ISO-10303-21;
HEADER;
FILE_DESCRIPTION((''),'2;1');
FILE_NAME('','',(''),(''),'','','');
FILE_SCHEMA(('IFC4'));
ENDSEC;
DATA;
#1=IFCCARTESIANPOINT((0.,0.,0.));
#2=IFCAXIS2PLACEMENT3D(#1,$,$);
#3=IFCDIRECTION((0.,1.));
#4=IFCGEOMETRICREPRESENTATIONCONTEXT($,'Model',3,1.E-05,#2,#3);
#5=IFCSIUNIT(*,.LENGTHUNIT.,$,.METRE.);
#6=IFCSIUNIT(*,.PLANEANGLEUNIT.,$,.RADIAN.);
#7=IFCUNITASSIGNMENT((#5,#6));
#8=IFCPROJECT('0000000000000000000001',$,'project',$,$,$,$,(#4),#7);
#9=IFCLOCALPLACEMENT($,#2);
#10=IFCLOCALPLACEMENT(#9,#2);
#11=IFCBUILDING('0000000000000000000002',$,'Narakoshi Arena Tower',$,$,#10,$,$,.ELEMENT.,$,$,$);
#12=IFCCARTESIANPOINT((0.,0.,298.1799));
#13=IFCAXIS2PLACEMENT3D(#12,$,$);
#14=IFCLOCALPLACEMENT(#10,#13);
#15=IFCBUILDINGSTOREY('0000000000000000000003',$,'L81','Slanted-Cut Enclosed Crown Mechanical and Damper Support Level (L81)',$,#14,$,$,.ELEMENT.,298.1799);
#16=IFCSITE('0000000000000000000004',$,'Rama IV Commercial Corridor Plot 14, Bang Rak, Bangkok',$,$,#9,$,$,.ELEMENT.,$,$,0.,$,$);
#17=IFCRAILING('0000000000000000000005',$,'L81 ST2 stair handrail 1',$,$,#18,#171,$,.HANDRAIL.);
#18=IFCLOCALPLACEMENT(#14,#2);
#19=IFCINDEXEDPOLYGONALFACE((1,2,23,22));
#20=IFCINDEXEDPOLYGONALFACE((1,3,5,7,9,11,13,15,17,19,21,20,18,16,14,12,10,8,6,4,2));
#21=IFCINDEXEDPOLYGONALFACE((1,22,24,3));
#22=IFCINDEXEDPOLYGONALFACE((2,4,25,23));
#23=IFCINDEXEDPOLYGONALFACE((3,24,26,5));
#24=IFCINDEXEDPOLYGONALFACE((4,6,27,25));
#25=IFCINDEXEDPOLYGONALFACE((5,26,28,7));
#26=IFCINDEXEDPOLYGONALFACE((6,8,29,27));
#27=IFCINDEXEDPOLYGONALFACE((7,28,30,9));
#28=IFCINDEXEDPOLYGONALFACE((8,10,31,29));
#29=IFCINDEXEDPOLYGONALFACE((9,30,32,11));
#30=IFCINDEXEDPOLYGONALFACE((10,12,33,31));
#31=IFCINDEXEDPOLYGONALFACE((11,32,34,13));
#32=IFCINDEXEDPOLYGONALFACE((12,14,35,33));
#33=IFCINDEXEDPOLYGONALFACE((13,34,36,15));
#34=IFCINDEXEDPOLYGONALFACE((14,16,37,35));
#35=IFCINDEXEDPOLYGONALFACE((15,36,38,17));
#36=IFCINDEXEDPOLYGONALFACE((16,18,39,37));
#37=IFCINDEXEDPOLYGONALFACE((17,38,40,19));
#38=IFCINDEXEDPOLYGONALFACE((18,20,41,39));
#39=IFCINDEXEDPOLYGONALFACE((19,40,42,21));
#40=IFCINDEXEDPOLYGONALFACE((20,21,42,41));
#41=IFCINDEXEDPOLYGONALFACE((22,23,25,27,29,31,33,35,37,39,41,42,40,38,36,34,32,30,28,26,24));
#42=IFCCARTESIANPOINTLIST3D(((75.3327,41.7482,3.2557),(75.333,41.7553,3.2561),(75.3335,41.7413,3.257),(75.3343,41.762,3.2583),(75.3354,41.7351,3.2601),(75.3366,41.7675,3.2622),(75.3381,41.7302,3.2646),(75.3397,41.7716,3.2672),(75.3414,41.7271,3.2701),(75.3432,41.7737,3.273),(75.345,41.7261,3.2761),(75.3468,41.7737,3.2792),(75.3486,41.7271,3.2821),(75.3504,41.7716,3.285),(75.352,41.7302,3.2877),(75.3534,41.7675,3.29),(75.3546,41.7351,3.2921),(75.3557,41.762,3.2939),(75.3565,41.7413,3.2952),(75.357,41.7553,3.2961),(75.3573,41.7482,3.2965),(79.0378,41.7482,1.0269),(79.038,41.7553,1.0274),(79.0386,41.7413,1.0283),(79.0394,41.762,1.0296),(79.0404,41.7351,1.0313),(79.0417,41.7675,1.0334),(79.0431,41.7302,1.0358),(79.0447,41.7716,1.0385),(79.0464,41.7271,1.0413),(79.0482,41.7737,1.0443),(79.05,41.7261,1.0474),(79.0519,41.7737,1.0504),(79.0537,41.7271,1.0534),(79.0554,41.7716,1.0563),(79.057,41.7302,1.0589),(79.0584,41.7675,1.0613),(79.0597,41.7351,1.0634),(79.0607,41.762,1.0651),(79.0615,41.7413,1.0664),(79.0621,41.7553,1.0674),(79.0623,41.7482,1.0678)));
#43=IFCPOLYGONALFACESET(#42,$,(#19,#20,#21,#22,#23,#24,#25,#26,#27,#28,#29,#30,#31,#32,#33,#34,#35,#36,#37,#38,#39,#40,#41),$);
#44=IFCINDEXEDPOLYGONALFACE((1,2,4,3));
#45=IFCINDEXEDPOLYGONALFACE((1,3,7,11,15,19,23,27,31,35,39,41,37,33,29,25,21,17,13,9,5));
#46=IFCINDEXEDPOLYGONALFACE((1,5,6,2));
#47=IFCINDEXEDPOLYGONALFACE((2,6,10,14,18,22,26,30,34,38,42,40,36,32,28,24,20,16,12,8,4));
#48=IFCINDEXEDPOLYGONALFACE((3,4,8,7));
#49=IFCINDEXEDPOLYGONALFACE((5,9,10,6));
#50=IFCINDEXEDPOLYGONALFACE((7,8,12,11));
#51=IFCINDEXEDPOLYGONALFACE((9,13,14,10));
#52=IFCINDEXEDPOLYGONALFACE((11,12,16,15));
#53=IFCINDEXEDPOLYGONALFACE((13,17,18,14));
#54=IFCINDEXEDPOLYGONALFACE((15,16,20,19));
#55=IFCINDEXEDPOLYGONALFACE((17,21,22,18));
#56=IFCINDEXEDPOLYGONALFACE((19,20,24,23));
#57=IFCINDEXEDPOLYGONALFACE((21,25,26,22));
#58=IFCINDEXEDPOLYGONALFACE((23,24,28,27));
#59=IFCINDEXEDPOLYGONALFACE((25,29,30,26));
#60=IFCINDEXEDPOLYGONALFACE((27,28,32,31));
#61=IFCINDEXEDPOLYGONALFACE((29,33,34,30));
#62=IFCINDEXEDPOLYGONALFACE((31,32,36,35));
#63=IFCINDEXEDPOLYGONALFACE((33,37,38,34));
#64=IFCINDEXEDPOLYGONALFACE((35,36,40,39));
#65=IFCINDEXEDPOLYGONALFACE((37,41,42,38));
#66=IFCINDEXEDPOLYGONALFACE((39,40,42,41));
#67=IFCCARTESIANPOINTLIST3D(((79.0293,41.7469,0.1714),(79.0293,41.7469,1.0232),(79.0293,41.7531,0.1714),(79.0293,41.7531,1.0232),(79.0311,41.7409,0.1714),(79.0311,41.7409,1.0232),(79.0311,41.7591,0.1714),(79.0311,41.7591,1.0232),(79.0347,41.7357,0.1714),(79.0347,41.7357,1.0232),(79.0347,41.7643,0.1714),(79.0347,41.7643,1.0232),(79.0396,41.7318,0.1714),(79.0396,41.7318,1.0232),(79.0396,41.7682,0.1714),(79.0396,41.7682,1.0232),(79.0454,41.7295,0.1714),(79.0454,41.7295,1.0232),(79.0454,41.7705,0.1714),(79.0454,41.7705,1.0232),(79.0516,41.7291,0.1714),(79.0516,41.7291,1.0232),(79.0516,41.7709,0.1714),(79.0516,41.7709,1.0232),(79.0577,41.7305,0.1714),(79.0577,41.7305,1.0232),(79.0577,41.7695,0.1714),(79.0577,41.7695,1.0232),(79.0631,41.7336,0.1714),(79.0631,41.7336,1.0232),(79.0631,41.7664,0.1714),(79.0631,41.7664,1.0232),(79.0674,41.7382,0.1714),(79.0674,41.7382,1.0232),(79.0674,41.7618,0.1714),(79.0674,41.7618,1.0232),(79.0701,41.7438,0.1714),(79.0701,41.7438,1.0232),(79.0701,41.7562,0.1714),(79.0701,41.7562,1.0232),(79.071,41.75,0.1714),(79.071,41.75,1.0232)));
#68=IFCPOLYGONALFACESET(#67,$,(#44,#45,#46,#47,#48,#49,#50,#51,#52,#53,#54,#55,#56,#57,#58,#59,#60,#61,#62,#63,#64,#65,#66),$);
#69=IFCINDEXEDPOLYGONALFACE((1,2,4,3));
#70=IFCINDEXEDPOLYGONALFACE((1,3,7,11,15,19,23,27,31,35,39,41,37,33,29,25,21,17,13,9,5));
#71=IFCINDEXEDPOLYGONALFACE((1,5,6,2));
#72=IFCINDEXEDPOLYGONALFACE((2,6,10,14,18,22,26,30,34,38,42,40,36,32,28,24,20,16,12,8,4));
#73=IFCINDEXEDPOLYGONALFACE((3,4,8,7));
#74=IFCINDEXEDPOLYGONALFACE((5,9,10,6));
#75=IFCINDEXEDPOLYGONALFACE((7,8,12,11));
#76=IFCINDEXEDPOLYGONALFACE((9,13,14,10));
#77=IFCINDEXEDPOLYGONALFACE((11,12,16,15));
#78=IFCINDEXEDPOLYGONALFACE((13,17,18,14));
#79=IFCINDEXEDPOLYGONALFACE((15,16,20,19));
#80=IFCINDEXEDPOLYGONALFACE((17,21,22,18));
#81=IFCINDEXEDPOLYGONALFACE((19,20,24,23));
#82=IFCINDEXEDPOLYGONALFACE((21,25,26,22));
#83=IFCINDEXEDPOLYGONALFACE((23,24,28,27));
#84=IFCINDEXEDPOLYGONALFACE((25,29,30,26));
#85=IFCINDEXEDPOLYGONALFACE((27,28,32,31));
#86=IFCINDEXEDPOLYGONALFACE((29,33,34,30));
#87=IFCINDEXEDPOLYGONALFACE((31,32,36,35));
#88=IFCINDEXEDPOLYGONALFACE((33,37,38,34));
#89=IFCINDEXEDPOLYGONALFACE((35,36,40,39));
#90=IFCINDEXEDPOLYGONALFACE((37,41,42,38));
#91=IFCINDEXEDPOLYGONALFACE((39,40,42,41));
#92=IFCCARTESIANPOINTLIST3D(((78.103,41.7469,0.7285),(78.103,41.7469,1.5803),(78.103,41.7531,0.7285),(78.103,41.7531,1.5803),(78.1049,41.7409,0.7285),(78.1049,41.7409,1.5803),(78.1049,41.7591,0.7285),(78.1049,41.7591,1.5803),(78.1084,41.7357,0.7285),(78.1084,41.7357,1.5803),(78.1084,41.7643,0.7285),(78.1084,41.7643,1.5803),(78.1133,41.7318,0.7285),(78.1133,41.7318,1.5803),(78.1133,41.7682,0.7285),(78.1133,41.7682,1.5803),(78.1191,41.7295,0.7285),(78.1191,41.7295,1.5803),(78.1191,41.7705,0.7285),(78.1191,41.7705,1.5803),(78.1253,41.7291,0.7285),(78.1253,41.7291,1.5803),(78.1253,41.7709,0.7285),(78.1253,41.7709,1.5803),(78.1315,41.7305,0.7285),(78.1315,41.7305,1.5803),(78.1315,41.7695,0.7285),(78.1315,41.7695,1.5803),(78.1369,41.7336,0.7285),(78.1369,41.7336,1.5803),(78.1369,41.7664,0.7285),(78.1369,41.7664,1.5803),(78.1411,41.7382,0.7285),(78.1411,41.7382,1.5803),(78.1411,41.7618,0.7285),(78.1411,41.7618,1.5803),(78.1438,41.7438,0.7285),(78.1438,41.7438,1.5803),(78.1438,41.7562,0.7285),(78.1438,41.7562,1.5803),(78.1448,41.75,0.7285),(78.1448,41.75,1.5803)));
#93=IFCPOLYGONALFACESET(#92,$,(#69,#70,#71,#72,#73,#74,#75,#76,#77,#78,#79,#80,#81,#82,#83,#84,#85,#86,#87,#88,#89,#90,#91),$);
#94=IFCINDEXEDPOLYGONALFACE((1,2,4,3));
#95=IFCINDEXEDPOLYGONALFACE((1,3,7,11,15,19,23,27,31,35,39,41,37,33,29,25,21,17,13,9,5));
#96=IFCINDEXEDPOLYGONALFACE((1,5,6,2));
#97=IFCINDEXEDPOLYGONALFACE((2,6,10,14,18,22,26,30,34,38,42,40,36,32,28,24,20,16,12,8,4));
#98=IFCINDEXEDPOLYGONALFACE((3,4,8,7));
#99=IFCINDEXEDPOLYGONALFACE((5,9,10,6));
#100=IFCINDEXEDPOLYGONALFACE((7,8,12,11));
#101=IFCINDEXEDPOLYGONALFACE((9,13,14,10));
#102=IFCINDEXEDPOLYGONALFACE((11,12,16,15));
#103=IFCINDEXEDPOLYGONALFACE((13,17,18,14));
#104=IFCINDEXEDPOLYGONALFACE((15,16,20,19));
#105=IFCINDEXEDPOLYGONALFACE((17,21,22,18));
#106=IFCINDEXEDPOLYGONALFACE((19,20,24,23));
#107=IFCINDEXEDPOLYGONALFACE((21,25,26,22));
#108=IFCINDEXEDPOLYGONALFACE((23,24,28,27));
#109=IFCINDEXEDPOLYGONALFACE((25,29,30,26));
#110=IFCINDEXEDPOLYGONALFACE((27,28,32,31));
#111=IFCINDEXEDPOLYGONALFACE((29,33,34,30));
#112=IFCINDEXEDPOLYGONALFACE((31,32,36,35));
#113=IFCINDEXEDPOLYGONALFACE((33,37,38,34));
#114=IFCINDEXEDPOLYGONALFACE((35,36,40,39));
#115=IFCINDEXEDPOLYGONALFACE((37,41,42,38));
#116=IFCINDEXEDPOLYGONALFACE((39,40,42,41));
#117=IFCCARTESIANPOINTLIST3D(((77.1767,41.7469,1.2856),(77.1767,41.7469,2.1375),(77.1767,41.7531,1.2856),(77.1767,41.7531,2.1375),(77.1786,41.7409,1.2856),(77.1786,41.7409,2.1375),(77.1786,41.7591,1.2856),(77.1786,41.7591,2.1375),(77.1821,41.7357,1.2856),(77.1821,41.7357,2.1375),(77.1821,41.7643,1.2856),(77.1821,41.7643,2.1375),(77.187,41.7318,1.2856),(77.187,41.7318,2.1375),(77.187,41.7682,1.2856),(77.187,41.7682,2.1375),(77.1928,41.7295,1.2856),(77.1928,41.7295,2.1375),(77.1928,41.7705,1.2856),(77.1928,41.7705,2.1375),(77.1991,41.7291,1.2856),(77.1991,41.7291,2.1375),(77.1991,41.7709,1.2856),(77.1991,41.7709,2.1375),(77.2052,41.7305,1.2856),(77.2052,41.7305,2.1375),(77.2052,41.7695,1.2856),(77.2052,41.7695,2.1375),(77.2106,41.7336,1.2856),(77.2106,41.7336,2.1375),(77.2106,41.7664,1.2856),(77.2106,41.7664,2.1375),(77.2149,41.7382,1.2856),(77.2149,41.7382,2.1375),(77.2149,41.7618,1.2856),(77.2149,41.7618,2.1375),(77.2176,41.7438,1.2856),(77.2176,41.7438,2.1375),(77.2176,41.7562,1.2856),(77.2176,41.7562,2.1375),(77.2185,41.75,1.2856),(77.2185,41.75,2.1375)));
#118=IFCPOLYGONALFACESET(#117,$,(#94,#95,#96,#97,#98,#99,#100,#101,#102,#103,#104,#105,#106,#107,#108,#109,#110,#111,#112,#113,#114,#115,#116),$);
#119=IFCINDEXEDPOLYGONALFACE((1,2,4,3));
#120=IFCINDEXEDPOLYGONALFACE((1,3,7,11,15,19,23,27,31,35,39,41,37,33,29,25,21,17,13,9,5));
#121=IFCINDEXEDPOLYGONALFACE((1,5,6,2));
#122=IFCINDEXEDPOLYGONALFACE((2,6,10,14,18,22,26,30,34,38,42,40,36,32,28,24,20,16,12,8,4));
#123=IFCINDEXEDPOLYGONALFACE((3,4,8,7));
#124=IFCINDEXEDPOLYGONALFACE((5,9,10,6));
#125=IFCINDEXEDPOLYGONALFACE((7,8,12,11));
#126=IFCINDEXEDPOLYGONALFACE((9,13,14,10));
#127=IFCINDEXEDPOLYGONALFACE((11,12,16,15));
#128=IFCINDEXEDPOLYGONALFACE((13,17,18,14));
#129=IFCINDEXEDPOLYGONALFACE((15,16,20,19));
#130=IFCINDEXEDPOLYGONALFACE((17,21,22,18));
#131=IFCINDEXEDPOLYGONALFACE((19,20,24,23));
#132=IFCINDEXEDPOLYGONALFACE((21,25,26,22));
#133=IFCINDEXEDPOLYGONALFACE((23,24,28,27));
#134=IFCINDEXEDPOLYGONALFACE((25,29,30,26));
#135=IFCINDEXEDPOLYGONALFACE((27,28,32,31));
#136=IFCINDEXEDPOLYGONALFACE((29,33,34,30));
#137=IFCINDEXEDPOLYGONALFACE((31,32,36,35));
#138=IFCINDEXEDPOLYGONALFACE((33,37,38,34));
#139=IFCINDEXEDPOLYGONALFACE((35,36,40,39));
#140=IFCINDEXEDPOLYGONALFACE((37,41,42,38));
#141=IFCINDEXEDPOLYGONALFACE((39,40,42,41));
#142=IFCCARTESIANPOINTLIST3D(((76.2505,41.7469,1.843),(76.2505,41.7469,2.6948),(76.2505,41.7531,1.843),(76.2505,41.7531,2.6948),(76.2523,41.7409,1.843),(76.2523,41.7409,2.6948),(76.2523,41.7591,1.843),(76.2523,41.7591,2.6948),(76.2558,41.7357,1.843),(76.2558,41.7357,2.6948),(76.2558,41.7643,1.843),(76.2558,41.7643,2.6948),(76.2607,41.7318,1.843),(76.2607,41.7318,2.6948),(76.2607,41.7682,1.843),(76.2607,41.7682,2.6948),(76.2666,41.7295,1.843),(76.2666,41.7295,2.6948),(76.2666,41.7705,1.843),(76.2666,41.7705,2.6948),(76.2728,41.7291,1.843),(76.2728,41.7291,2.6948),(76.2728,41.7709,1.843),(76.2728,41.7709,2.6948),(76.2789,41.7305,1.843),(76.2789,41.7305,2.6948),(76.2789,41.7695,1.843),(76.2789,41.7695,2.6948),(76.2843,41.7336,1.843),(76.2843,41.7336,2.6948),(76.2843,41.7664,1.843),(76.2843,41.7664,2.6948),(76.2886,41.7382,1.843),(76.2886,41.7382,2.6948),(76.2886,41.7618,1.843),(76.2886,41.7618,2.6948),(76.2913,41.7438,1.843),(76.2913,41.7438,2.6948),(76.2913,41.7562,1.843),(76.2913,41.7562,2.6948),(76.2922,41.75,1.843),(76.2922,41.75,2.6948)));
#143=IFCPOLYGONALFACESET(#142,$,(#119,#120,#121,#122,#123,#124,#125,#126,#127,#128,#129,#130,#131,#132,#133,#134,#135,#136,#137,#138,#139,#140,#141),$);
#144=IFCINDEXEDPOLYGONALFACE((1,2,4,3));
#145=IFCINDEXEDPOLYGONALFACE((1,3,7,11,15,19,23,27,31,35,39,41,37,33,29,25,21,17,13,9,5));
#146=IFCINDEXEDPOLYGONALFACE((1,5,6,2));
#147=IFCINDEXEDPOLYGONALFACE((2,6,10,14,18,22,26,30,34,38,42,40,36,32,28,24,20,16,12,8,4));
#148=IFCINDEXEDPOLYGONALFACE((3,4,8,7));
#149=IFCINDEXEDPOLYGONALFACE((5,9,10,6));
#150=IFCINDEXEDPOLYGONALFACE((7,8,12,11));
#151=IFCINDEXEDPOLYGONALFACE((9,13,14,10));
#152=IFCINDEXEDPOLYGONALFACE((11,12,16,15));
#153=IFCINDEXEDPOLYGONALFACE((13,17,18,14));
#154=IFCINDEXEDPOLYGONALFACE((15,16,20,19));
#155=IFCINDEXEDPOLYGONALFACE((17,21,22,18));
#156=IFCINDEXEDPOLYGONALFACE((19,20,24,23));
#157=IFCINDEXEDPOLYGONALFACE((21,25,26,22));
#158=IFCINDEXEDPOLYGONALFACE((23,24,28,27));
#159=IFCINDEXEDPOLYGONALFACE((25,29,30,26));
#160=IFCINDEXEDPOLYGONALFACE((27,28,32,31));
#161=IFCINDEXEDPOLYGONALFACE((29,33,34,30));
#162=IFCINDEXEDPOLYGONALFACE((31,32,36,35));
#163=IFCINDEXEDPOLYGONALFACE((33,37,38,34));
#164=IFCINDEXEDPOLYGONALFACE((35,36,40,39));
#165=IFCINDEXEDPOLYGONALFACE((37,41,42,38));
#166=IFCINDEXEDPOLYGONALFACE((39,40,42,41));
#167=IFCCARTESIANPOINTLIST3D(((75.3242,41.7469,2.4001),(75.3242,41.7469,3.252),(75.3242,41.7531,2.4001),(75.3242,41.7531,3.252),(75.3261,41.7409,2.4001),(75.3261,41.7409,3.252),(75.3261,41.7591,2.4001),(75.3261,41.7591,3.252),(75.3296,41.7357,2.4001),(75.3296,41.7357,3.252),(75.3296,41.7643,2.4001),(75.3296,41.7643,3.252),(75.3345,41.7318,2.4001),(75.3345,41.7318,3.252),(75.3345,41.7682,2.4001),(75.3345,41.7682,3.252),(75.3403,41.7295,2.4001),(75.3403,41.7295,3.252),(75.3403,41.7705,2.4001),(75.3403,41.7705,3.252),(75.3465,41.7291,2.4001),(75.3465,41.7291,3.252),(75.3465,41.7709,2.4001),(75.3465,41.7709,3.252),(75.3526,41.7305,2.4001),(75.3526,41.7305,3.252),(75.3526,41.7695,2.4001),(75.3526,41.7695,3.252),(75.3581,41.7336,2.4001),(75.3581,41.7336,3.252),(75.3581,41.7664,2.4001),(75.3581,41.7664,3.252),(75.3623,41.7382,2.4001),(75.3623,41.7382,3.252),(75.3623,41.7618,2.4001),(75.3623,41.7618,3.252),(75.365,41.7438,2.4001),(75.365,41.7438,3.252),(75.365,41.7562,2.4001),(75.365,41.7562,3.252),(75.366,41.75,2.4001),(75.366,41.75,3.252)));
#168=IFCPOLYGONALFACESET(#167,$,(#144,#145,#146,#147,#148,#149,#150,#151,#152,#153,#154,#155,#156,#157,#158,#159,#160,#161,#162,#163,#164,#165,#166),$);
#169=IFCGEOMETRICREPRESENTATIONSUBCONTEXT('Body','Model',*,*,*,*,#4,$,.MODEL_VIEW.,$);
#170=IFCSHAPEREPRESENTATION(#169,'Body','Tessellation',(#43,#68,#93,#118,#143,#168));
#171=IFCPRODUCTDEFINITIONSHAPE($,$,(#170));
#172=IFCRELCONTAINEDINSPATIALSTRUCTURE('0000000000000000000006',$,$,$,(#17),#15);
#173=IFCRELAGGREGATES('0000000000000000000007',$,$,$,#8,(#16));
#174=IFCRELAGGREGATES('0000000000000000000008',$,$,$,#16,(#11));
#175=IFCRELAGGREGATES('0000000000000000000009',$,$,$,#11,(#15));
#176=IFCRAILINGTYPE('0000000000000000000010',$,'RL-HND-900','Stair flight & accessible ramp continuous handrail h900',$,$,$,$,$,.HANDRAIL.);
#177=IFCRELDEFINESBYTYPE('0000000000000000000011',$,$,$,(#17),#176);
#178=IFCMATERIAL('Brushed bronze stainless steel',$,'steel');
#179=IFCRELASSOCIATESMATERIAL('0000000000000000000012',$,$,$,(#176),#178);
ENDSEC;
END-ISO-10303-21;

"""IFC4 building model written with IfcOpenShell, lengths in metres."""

from ifc_helpers import new_model, si_unit, direction, frame, origin, origin_2d, place, context, subcontext, project, spatial, circle, extrude, material, type_object, element, save


model = new_model("IFC4")

# Units and contexts
model_context = context("Model", 3, precision=1e-05, world=origin(), true_north=direction((0.0, 1.0)))
body_context = subcontext(model_context, "Body", "Model", "MODEL_VIEW")
ifc_project = project(units=[si_unit("LENGTHUNIT", "METRE"), si_unit("PLANEANGLEUNIT", "RADIAN")], contexts=[model_context])

# Site, building, storey
site_placement = place(None, origin())
site = spatial("IfcSite", under=ifc_project, at=site_placement, Name="Rama IV Commercial Corridor Plot 14, Bang Rak, Bangkok", CompositionType="ELEMENT", RefElevation=0.0)
building_placement = place(site_placement, origin())
building = spatial("IfcBuilding", under=site, at=building_placement, Name="Narakoshi Arena Tower", CompositionType="ELEMENT")
storey_placement = place(building_placement, frame((0.0, 0.0, 298.1799)))
storey = spatial("IfcBuildingStorey", under=building, at=storey_placement, Name="L81", Description="Slanted-Cut Enclosed Crown Mechanical and Damper Support Level (L81)", CompositionType="ELEMENT", Elevation=298.1799)

# Shared definitions
ifc_material_1 = material(Name="Brushed bronze stainless steel", Category="steel")

# Railing
railing_type_1 = type_object("IfcRailingType", Name="RL-HND-900", Description="Stair flight & accessible ramp continuous handrail h900", PredefinedType="HANDRAIL", material=ifc_material_1)
railing_1_placement = place(storey_placement, frame((79.05, 41.75, 0.1714)))
element("IfcRailing", 1, at=railing_1_placement, inside=storey, type_object=railing_type_1, Name="L81 ST2 stair handrail 1", PredefinedType="HANDRAIL", context=body_context, shape_type="SweptSolid", body=[
    extrude(circle(Radius=0.0239, at=origin_2d()), frame((0.0, 0.0, 0.876), z_axis=(-0.856909, 0.0, 0.515467), x_axis=(0.0, -1.0, 0.0)), (0.0, 0.0, 1.0), 4.3237),
    extrude(circle(Radius=0.021, at=origin_2d()), origin(), (0.0, 0.0, 1.0), 0.8518),
    extrude(circle(Radius=0.021, at=origin_2d()), frame((-0.9263, 0.0, 0.5571)), (0.0, 0.0, 1.0), 0.8518),
    extrude(circle(Radius=0.021, at=origin_2d()), frame((-1.8525, 0.0, 1.1143)), (0.0, 0.0, 1.0), 0.8518),
    extrude(circle(Radius=0.021, at=origin_2d()), frame((-2.7788, 0.0, 1.6716)), (0.0, 0.0, 1.0), 0.8518),
    extrude(circle(Radius=0.021, at=origin_2d()), frame((-3.7051, 0.0, 2.2288)), (0.0, 0.0, 1.0), 0.8518),
])

save(model, "model.ifc")
